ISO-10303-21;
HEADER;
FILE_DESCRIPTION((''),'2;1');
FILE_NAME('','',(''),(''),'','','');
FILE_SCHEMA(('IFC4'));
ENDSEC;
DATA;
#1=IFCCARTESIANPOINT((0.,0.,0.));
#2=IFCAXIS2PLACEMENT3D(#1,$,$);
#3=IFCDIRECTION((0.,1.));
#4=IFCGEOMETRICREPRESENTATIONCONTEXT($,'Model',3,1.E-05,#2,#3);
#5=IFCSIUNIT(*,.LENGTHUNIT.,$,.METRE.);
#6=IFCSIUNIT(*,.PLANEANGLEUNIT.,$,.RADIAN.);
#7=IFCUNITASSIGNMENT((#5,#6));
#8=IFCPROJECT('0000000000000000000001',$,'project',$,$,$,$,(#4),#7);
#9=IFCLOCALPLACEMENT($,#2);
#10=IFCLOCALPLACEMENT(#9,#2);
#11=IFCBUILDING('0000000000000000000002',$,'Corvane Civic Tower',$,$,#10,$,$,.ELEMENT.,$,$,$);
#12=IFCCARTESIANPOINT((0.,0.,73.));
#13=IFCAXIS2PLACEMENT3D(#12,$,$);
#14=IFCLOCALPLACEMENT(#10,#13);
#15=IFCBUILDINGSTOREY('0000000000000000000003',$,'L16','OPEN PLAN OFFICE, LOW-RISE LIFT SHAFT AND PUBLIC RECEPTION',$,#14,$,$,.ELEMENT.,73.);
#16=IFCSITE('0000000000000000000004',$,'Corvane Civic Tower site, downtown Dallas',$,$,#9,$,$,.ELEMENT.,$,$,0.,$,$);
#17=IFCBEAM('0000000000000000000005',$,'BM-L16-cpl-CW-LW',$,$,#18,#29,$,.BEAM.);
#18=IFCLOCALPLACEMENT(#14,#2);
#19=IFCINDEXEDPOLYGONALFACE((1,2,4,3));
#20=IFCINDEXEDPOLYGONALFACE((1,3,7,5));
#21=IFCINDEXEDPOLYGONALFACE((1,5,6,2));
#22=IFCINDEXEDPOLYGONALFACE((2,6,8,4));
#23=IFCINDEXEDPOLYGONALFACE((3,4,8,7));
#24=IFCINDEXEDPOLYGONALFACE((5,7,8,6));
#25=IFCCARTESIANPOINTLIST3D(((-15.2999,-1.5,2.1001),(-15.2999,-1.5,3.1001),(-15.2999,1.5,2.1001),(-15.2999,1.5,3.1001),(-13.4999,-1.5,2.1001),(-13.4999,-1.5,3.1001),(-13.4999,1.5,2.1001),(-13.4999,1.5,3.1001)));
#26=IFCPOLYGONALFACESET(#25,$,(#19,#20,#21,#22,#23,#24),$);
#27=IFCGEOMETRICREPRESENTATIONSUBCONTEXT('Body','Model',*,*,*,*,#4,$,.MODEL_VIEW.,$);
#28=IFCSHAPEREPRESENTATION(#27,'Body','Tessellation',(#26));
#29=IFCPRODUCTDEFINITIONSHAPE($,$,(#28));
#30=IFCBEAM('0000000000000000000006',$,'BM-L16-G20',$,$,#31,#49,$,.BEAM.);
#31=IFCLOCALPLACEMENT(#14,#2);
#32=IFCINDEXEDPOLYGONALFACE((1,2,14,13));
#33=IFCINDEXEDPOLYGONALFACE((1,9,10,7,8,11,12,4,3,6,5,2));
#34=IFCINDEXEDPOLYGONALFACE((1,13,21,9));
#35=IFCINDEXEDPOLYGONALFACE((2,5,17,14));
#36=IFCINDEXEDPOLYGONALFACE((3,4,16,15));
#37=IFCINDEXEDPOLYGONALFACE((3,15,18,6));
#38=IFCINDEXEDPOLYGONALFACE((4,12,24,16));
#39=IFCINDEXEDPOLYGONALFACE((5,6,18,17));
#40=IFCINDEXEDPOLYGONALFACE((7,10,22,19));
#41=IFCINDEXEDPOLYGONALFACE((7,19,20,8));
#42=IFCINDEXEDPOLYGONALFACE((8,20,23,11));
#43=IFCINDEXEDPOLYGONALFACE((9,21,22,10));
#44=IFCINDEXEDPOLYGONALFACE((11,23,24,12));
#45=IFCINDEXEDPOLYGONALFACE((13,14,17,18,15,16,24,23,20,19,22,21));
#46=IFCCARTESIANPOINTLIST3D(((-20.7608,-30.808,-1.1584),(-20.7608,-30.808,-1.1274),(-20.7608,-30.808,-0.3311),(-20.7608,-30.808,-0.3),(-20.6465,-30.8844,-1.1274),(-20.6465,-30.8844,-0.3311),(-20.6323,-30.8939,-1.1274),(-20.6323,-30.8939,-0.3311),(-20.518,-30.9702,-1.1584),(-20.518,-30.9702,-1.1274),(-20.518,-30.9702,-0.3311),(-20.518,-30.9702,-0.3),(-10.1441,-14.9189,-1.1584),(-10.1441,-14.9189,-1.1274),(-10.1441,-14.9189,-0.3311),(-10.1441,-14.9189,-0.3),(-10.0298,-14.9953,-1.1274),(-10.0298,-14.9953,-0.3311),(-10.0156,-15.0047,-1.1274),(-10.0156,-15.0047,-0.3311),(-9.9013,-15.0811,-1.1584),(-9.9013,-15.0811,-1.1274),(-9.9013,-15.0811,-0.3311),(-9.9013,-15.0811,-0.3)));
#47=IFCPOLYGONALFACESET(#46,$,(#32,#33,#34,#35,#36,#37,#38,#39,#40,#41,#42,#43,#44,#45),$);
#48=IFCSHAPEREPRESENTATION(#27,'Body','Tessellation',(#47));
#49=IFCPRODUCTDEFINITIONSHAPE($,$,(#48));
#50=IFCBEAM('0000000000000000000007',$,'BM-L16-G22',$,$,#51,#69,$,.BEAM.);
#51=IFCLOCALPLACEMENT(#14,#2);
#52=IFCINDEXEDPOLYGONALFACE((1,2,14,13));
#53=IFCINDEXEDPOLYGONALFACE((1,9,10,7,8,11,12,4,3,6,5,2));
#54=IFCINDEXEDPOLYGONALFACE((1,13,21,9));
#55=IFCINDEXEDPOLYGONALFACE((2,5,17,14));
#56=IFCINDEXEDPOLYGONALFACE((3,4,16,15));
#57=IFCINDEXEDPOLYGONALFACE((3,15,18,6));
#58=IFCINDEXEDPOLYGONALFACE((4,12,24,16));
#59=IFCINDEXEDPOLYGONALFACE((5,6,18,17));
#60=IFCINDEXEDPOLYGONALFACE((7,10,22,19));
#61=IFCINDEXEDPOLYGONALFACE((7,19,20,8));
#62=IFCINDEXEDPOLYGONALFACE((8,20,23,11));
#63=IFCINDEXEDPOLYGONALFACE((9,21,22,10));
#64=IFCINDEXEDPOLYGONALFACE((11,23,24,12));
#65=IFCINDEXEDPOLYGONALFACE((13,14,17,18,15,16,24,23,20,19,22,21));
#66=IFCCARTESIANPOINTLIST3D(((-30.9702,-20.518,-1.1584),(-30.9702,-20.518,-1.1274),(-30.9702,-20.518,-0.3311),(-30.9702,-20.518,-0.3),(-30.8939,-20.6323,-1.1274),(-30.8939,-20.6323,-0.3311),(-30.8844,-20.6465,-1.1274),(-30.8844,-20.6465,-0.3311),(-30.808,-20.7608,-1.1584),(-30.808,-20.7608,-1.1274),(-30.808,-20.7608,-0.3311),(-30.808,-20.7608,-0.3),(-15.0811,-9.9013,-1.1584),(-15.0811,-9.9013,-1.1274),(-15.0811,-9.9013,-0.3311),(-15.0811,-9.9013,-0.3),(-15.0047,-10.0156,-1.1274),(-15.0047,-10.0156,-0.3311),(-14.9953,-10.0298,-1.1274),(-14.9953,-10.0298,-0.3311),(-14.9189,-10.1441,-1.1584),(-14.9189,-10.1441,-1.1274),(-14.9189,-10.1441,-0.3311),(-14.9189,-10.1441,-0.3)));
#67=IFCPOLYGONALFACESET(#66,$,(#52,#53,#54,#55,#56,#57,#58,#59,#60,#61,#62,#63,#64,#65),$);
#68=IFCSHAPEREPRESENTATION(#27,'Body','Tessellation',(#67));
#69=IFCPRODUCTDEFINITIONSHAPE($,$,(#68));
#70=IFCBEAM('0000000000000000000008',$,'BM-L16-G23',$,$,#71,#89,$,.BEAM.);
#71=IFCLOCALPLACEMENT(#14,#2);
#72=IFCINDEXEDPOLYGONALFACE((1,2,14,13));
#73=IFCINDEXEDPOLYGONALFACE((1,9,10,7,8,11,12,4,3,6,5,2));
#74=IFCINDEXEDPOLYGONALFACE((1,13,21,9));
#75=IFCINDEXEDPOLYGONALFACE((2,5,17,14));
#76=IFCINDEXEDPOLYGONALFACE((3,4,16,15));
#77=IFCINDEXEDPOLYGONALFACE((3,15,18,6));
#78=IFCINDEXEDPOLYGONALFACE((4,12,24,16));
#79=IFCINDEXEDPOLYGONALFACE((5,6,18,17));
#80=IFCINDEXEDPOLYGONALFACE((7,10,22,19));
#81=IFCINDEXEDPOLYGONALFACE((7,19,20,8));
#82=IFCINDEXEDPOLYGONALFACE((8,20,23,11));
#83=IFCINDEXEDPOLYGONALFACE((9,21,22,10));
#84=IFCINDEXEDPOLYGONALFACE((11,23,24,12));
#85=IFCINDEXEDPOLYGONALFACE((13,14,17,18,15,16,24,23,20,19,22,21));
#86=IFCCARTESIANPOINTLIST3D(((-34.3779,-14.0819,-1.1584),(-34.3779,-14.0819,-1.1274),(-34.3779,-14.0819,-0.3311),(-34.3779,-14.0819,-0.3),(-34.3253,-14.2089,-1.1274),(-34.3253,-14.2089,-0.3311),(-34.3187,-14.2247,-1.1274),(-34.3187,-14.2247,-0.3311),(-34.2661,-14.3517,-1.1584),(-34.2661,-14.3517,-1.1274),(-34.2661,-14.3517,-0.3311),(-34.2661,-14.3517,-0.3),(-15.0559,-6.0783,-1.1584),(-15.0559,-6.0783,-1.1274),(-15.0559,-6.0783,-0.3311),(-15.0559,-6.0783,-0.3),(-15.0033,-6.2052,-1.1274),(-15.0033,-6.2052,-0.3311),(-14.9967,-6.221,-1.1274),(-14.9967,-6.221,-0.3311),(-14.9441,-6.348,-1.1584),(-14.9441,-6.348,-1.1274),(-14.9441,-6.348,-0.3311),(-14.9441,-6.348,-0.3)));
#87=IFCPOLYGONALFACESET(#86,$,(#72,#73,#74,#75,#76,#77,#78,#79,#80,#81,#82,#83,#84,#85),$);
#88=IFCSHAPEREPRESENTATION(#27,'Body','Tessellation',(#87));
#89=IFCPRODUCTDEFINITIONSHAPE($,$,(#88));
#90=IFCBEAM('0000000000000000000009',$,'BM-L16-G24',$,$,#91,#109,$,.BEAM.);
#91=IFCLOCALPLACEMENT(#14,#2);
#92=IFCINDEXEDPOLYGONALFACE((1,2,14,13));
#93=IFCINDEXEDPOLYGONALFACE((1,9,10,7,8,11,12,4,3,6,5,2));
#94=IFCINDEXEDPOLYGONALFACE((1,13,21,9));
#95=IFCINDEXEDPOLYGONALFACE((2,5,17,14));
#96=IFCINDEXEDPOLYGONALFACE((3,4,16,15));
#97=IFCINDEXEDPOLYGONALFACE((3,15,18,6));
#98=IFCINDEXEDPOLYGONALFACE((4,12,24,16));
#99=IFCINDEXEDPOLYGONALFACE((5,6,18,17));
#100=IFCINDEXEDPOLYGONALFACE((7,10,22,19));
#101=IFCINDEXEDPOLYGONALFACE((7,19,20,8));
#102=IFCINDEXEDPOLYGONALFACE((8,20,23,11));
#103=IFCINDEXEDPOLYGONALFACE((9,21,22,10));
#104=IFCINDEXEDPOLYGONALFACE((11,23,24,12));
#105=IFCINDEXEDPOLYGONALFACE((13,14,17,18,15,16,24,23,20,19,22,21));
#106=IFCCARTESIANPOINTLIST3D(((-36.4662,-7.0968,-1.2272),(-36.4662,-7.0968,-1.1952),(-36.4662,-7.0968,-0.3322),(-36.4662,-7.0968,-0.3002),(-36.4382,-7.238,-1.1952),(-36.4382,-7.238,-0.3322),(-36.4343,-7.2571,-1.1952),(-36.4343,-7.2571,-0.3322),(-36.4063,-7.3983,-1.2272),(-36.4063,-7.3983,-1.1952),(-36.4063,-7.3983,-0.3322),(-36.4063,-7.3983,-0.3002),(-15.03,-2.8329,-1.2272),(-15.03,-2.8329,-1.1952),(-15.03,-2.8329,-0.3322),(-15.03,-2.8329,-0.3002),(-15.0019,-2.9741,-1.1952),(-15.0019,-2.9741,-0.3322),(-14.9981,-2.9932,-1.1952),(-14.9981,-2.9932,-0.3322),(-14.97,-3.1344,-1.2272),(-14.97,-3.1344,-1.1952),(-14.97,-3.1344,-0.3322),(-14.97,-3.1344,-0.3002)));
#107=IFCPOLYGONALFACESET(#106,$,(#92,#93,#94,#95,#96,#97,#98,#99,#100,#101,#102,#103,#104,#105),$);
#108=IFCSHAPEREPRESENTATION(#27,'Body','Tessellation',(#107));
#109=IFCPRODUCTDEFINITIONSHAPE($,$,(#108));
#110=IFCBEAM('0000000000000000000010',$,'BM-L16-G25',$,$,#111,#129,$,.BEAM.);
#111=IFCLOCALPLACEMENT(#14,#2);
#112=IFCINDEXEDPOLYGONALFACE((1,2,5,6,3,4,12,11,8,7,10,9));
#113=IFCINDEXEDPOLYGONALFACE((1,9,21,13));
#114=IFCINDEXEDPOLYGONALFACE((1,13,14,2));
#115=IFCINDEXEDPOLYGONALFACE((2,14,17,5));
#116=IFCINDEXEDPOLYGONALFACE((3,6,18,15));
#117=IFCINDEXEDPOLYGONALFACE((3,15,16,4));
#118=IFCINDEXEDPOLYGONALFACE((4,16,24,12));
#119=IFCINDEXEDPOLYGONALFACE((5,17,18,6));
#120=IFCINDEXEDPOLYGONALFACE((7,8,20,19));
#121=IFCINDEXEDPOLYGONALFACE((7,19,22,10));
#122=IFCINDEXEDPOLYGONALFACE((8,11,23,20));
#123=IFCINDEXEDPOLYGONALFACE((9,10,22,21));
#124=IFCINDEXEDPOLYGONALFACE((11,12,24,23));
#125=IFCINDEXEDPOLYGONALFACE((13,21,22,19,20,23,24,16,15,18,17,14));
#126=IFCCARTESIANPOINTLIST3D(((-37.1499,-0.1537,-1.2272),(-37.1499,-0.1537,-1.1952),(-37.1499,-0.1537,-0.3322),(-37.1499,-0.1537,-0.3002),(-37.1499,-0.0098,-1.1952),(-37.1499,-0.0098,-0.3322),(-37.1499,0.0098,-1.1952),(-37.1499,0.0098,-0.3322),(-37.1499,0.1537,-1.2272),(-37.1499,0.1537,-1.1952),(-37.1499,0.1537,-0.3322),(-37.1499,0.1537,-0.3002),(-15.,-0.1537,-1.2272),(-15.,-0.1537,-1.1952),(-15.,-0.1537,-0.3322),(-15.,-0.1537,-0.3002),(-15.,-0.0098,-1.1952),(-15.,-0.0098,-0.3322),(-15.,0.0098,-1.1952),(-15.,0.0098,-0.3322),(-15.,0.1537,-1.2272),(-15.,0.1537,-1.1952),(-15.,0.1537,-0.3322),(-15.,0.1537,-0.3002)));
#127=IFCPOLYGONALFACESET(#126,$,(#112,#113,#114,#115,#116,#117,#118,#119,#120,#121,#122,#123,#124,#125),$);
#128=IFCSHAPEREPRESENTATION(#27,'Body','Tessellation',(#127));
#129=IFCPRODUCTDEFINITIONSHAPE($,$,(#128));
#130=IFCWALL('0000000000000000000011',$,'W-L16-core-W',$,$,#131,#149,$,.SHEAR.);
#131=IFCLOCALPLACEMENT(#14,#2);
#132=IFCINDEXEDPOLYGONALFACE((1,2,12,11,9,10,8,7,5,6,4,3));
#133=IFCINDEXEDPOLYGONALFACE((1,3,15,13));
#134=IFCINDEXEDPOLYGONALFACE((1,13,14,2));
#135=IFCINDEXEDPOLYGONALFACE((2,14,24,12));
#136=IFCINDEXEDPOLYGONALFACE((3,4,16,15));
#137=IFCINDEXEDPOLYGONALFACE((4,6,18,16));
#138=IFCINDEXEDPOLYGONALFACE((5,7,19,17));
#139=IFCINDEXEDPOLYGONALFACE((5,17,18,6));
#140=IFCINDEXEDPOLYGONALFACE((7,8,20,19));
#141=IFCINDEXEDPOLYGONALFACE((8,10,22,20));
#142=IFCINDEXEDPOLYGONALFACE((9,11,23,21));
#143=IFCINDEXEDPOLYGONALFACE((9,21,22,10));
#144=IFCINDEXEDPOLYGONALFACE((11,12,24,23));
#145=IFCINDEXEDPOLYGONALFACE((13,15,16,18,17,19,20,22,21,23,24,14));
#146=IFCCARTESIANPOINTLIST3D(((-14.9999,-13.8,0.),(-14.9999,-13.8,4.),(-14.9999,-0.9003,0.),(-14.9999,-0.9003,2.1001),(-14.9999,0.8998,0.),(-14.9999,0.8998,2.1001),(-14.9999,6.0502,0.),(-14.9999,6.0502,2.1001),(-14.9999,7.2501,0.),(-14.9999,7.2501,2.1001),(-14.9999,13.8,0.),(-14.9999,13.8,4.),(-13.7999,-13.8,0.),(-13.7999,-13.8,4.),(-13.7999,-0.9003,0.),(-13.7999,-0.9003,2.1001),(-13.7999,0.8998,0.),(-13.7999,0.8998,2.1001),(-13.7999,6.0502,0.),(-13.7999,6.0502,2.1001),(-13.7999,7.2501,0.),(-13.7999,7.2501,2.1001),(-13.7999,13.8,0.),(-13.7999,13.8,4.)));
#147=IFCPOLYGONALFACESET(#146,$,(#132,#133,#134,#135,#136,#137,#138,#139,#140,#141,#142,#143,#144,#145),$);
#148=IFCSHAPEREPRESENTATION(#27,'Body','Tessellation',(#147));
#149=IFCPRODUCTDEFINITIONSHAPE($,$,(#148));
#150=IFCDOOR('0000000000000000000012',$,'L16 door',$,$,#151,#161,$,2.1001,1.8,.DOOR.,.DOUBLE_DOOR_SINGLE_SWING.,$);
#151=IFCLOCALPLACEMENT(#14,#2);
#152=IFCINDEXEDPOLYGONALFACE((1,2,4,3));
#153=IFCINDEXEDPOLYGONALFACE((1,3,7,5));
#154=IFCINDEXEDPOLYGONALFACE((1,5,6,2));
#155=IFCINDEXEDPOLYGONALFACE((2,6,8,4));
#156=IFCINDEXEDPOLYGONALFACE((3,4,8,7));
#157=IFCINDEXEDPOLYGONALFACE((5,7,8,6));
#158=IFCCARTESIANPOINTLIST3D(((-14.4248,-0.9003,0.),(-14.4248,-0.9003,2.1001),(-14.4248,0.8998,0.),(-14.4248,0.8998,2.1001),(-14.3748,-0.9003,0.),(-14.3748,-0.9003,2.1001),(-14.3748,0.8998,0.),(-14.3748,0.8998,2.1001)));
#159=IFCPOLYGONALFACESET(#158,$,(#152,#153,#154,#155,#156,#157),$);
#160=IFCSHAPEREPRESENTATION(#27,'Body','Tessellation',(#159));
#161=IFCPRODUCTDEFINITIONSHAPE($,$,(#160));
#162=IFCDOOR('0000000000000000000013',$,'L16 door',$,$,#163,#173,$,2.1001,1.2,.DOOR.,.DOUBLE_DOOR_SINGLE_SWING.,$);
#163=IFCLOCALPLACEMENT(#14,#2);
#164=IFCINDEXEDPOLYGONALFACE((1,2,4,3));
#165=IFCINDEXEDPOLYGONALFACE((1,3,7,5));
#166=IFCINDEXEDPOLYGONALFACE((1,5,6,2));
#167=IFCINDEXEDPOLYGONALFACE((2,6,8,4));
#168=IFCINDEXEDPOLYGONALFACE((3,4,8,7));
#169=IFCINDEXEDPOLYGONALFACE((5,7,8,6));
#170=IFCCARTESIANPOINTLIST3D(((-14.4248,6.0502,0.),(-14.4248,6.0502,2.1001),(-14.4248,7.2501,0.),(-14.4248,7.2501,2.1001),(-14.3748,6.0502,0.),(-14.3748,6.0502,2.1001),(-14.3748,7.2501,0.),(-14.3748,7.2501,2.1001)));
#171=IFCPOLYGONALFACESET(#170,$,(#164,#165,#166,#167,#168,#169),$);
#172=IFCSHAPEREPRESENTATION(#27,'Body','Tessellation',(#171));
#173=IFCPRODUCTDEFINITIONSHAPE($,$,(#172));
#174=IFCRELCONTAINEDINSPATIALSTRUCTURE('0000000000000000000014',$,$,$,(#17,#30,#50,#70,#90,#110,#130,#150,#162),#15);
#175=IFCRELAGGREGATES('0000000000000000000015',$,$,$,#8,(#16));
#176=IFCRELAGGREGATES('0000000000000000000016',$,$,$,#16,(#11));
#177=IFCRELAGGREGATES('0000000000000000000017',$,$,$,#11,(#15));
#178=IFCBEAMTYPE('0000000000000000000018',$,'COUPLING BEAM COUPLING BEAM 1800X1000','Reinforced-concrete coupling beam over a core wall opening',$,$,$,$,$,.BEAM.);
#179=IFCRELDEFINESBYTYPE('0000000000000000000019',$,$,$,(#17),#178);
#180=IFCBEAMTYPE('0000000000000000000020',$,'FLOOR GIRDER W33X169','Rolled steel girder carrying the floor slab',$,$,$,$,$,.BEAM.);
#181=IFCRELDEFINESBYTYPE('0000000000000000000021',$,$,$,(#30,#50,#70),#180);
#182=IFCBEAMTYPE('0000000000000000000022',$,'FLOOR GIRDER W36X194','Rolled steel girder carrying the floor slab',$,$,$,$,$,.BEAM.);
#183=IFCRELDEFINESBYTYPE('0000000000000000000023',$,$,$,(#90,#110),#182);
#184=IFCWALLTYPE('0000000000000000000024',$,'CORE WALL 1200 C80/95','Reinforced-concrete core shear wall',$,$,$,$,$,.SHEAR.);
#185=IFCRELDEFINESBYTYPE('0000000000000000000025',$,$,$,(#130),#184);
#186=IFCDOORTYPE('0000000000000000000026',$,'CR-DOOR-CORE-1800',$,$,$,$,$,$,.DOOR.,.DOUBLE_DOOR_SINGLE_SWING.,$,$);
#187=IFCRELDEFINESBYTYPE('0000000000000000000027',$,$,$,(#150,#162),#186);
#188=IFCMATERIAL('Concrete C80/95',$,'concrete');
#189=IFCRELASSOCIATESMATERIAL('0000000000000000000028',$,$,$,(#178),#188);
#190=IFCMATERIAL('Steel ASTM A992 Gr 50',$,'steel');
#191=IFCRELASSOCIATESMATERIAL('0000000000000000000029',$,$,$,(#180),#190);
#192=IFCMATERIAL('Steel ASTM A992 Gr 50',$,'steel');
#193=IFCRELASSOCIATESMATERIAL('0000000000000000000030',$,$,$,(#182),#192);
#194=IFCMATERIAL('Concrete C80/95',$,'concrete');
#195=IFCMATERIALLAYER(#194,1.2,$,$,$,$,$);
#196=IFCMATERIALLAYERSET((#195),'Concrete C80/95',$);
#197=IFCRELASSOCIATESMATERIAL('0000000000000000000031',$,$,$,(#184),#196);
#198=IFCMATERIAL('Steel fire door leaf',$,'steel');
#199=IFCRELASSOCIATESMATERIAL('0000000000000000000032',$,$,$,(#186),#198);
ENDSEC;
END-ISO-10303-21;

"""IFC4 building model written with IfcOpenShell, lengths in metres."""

from ifc_helpers import new_model, si_unit, direction, frame, frame_2d, origin, origin_2d, place, context, subcontext, project, spatial, rectangle, i_section, extrude, material, layer, layer_set, material_profile, profile_set, type_object, element, fill, save


model = new_model("IFC4")

# Units and contexts
model_context = context("Model", 3, precision=1e-05, world=origin(), true_north=direction((0.0, 1.0)))
body_context = subcontext(model_context, "Body", "Model", "MODEL_VIEW")
ifc_project = project(units=[si_unit("LENGTHUNIT", "METRE"), si_unit("PLANEANGLEUNIT", "RADIAN")], contexts=[model_context])

# Site, building, storey
site_placement = place(None, origin())
site = spatial("IfcSite", under=ifc_project, at=site_placement, Name="Corvane Civic Tower site, downtown Dallas", CompositionType="ELEMENT", RefElevation=0.0)
building_placement = place(site_placement, origin())
building = spatial("IfcBuilding", under=site, at=building_placement, Name="Corvane Civic Tower", CompositionType="ELEMENT")
storey_placement = place(building_placement, frame((0.0, 0.0, 73.0)))
storey = spatial("IfcBuildingStorey", under=building, at=storey_placement, Name="L16", Description="OPEN PLAN OFFICE, LOW-RISE LIFT SHAFT AND PUBLIC RECEPTION", CompositionType="ELEMENT", Elevation=73.0)

# Beams
ifc_material_1 = material(Name="Concrete C80/95", Category="concrete")
ifc_material_profile_1 = material_profile(ifc_material_1, rectangle(XDim=1.8, YDim=1.0, at=origin_2d()), Name="COUPLING BEAM 1800X1000")
ifc_profile_set_1 = profile_set([ifc_material_profile_1], Name="Concrete C80/95")
beam_type_1 = type_object("IfcBeamType", Name="COUPLING BEAM COUPLING BEAM 1800X1000", Description="Reinforced-concrete coupling beam over a core wall opening", PredefinedType="BEAM", material=ifc_profile_set_1)
beam_1_placement = place(storey_placement, frame((-14.3999, -1.5, 2.6001), z_axis=(0.0, 1.0, 0.0), x_axis=(-1.0, 0.0, 0.0)))
element("IfcBeam", 1, at=beam_1_placement, inside=storey, type_object=beam_type_1, Name="BM-L16-cpl-CW-LW", PredefinedType="BEAM", context=body_context, shape_type="SweptSolid", body=[
    extrude(rectangle(XDim=1.8, YDim=1.0, at=origin_2d()), origin(), (0.0, 0.0, 1.0), 3.0),
])
ifc_material_2 = material(Name="Steel ASTM A992 Gr 50", Category="steel")
ifc_material_profile_2 = material_profile(ifc_material_2, i_section(OverallWidth=0.292, OverallDepth=0.8584, WebThickness=0.0171, FlangeThickness=0.031, at=origin_2d()), Name="W33X169")
ifc_profile_set_2 = profile_set([ifc_material_profile_2], Name="Steel ASTM A992 Gr 50")
beam_type_2 = type_object("IfcBeamType", Name="FLOOR GIRDER W33X169", Description="Rolled steel girder carrying the floor slab", PredefinedType="BEAM", material=ifc_profile_set_2)
for number, where, z_axis, x_axis, name in (
    (2, (-10.0227, -15.0, -0.7292), (-0.555567, -0.831472, 0.0), (0.831472, -0.555567, 0.0), "BM-L16-G20"),
    (3, (-15.0, -10.0227, -0.7292), (-0.831472, -0.555567, 0.0), (0.555567, -0.831472, 0.0), "BM-L16-G22"),
):
    element("IfcBeam", number, at=place(storey_placement, frame(where, z_axis=z_axis, x_axis=x_axis)), inside=storey, type_object=beam_type_2, Name=name, PredefinedType="BEAM", context=body_context, shape_type="SweptSolid", body=[
        extrude(i_section(OverallWidth=0.292, OverallDepth=0.8584, WebThickness=0.0171, FlangeThickness=0.031, at=origin_2d()), origin(), (0.0, 0.0, 1.0), 19.1096),
    ])
beam_2_placement = place(storey_placement, frame((-15.0, -6.2131, -0.7292), z_axis=(-0.923876, -0.382692, 0.0), x_axis=(0.382692, -0.923876, 0.0)))
element("IfcBeam", 4, at=beam_2_placement, inside=storey, type_object=beam_type_2, Name="BM-L16-G23", PredefinedType="BEAM", context=body_context, shape_type="SweptSolid", body=[
    extrude(i_section(OverallWidth=0.292, OverallDepth=0.8584, WebThickness=0.0171, FlangeThickness=0.031, at=origin_2d()), origin(), (0.0, 0.0, 1.0), 20.9141),
])
ifc_material_3 = material(Name="Steel ASTM A992 Gr 50", Category="steel")
ifc_material_profile_3 = material_profile(ifc_material_3, i_section(OverallWidth=0.3074, OverallDepth=0.927, WebThickness=0.0195, FlangeThickness=0.032, at=origin_2d()), Name="W36X194")
ifc_profile_set_3 = profile_set([ifc_material_profile_3], Name="Steel ASTM A992 Gr 50")
beam_type_3 = type_object("IfcBeamType", Name="FLOOR GIRDER W36X194", Description="Rolled steel girder carrying the floor slab", PredefinedType="BEAM", material=ifc_profile_set_3)
beam_3_placement = place(storey_placement, frame((-15.0, -2.9836, -0.7637), z_axis=(-0.980785, -0.195089, 0.0), x_axis=(0.195089, -0.980785, 0.0)))
element("IfcBeam", 5, at=beam_3_placement, inside=storey, type_object=beam_type_3, Name="BM-L16-G24", PredefinedType="BEAM", context=body_context, shape_type="SweptSolid", body=[
    extrude(i_section(OverallWidth=0.3074, OverallDepth=0.927, WebThickness=0.0195, FlangeThickness=0.032, at=origin_2d()), origin(), (0.0, 0.0, 1.0), 21.8562),
])
beam_4_placement = place(storey_placement, frame((-15.0, 0.0, -0.7637), z_axis=(-1.0, 0.0, 0.0), x_axis=(0.0, -1.0, 0.0)))
element("IfcBeam", 6, at=beam_4_placement, inside=storey, type_object=beam_type_3, Name="BM-L16-G25", PredefinedType="BEAM", context=body_context, shape_type="SweptSolid", body=[
    extrude(i_section(OverallWidth=0.3074, OverallDepth=0.927, WebThickness=0.0195, FlangeThickness=0.032, at=origin_2d()), origin(), (0.0, 0.0, 1.0), 22.1499),
])

# Wall, openings, doors
ifc_material_4 = material(Name="Concrete C80/95", Category="concrete")
ifc_layer_1 = layer(ifc_material_4, 1.2)
ifc_layer_set_1 = layer_set([ifc_layer_1], Name="Concrete C80/95")
wall_type_1 = type_object("IfcWallType", Name="CORE WALL 1200 C80/95", Description="Reinforced-concrete core shear wall", PredefinedType="SHEAR", material=ifc_layer_set_1)
wall_1_placement = place(storey_placement, frame((-14.3999, -13.8, 0.0), z_axis=(0.0, 0.0, 1.0), x_axis=(0.0, 1.0, 0.0)))
wall_1 = element("IfcWall", 7, at=wall_1_placement, inside=storey, type_object=wall_type_1, Name="W-L16-core-W", PredefinedType="SHEAR", context=body_context, shape_type="SweptSolid", body=[
    extrude(rectangle(XDim=27.6001, YDim=1.2, at=frame_2d((13.8, 0.0))), origin(), (0.0, 0.0, 1.0), 4.0),
])
opening_1_placement = place(wall_1_placement, frame((12.8999, 0.0, 0.0)))
opening_1 = element("IfcOpeningElement", 8, at=opening_1_placement, cuts=wall_1, PredefinedType="OPENING", context=body_context, shape_type="SweptSolid", body=[
    extrude(rectangle(XDim=1.8, YDim=2.1001, at=frame_2d((0.8999, 1.05))), frame((0.0, 0.6099, 0.0), z_axis=(0.0, -1.0, 0.0), x_axis=(1.0, 0.0, 0.0)), (0.0, 0.0, 1.0), 1.22),
])
opening_2_placement = place(wall_1_placement, frame((19.8501, 0.0, 0.0)))
opening_2 = element("IfcOpeningElement", 9, at=opening_2_placement, cuts=wall_1, PredefinedType="OPENING", context=body_context, shape_type="SweptSolid", body=[
    extrude(rectangle(XDim=1.2, YDim=2.1001, at=frame_2d((0.6001, 1.05))), frame((0.0, 0.6099, 0.0), z_axis=(0.0, -1.0, 0.0), x_axis=(1.0, 0.0, 0.0)), (0.0, 0.0, 1.0), 1.22),
])
ifc_material_5 = material(Name="Steel fire door leaf", Category="steel")
door_type_1 = type_object("IfcDoorType", Name="CR-DOOR-CORE-1800", OperationType="DOUBLE_DOOR_SINGLE_SWING", PredefinedType="DOOR", material=ifc_material_5)
door_1_placement = place(opening_1_placement, origin())
door_1 = element("IfcDoor", 10, at=door_1_placement, inside=storey, type_object=door_type_1, Name="L16 door", OperationType="DOUBLE_DOOR_SINGLE_SWING", OverallHeight=2.1001, OverallWidth=1.8, PredefinedType="DOOR", context=body_context, shape_type="SweptSolid", body=[
    extrude(rectangle(XDim=1.8, YDim=2.1001, at=frame_2d((0.8999, 1.05))), frame((0.0, 0.0249, 0.0), z_axis=(0.0, -1.0, 0.0), x_axis=(1.0, 0.0, 0.0)), (0.0, 0.0, 1.0), 0.05),
])
fill(opening_1, door_1)
door_2_placement = place(opening_2_placement, origin())
door_2 = element("IfcDoor", 11, at=door_2_placement, inside=storey, type_object=door_type_1, Name="L16 door", OperationType="DOUBLE_DOOR_SINGLE_SWING", OverallHeight=2.1001, OverallWidth=1.2, PredefinedType="DOOR", context=body_context, shape_type="SweptSolid", body=[
    extrude(rectangle(XDim=1.2, YDim=2.1001, at=frame_2d((0.6001, 1.05))), frame((0.0, 0.0249, 0.0), z_axis=(0.0, -1.0, 0.0), x_axis=(1.0, 0.0, 0.0)), (0.0, 0.0, 1.0), 0.05),
])
fill(opening_2, door_2)

save(model, "model.ifc")
